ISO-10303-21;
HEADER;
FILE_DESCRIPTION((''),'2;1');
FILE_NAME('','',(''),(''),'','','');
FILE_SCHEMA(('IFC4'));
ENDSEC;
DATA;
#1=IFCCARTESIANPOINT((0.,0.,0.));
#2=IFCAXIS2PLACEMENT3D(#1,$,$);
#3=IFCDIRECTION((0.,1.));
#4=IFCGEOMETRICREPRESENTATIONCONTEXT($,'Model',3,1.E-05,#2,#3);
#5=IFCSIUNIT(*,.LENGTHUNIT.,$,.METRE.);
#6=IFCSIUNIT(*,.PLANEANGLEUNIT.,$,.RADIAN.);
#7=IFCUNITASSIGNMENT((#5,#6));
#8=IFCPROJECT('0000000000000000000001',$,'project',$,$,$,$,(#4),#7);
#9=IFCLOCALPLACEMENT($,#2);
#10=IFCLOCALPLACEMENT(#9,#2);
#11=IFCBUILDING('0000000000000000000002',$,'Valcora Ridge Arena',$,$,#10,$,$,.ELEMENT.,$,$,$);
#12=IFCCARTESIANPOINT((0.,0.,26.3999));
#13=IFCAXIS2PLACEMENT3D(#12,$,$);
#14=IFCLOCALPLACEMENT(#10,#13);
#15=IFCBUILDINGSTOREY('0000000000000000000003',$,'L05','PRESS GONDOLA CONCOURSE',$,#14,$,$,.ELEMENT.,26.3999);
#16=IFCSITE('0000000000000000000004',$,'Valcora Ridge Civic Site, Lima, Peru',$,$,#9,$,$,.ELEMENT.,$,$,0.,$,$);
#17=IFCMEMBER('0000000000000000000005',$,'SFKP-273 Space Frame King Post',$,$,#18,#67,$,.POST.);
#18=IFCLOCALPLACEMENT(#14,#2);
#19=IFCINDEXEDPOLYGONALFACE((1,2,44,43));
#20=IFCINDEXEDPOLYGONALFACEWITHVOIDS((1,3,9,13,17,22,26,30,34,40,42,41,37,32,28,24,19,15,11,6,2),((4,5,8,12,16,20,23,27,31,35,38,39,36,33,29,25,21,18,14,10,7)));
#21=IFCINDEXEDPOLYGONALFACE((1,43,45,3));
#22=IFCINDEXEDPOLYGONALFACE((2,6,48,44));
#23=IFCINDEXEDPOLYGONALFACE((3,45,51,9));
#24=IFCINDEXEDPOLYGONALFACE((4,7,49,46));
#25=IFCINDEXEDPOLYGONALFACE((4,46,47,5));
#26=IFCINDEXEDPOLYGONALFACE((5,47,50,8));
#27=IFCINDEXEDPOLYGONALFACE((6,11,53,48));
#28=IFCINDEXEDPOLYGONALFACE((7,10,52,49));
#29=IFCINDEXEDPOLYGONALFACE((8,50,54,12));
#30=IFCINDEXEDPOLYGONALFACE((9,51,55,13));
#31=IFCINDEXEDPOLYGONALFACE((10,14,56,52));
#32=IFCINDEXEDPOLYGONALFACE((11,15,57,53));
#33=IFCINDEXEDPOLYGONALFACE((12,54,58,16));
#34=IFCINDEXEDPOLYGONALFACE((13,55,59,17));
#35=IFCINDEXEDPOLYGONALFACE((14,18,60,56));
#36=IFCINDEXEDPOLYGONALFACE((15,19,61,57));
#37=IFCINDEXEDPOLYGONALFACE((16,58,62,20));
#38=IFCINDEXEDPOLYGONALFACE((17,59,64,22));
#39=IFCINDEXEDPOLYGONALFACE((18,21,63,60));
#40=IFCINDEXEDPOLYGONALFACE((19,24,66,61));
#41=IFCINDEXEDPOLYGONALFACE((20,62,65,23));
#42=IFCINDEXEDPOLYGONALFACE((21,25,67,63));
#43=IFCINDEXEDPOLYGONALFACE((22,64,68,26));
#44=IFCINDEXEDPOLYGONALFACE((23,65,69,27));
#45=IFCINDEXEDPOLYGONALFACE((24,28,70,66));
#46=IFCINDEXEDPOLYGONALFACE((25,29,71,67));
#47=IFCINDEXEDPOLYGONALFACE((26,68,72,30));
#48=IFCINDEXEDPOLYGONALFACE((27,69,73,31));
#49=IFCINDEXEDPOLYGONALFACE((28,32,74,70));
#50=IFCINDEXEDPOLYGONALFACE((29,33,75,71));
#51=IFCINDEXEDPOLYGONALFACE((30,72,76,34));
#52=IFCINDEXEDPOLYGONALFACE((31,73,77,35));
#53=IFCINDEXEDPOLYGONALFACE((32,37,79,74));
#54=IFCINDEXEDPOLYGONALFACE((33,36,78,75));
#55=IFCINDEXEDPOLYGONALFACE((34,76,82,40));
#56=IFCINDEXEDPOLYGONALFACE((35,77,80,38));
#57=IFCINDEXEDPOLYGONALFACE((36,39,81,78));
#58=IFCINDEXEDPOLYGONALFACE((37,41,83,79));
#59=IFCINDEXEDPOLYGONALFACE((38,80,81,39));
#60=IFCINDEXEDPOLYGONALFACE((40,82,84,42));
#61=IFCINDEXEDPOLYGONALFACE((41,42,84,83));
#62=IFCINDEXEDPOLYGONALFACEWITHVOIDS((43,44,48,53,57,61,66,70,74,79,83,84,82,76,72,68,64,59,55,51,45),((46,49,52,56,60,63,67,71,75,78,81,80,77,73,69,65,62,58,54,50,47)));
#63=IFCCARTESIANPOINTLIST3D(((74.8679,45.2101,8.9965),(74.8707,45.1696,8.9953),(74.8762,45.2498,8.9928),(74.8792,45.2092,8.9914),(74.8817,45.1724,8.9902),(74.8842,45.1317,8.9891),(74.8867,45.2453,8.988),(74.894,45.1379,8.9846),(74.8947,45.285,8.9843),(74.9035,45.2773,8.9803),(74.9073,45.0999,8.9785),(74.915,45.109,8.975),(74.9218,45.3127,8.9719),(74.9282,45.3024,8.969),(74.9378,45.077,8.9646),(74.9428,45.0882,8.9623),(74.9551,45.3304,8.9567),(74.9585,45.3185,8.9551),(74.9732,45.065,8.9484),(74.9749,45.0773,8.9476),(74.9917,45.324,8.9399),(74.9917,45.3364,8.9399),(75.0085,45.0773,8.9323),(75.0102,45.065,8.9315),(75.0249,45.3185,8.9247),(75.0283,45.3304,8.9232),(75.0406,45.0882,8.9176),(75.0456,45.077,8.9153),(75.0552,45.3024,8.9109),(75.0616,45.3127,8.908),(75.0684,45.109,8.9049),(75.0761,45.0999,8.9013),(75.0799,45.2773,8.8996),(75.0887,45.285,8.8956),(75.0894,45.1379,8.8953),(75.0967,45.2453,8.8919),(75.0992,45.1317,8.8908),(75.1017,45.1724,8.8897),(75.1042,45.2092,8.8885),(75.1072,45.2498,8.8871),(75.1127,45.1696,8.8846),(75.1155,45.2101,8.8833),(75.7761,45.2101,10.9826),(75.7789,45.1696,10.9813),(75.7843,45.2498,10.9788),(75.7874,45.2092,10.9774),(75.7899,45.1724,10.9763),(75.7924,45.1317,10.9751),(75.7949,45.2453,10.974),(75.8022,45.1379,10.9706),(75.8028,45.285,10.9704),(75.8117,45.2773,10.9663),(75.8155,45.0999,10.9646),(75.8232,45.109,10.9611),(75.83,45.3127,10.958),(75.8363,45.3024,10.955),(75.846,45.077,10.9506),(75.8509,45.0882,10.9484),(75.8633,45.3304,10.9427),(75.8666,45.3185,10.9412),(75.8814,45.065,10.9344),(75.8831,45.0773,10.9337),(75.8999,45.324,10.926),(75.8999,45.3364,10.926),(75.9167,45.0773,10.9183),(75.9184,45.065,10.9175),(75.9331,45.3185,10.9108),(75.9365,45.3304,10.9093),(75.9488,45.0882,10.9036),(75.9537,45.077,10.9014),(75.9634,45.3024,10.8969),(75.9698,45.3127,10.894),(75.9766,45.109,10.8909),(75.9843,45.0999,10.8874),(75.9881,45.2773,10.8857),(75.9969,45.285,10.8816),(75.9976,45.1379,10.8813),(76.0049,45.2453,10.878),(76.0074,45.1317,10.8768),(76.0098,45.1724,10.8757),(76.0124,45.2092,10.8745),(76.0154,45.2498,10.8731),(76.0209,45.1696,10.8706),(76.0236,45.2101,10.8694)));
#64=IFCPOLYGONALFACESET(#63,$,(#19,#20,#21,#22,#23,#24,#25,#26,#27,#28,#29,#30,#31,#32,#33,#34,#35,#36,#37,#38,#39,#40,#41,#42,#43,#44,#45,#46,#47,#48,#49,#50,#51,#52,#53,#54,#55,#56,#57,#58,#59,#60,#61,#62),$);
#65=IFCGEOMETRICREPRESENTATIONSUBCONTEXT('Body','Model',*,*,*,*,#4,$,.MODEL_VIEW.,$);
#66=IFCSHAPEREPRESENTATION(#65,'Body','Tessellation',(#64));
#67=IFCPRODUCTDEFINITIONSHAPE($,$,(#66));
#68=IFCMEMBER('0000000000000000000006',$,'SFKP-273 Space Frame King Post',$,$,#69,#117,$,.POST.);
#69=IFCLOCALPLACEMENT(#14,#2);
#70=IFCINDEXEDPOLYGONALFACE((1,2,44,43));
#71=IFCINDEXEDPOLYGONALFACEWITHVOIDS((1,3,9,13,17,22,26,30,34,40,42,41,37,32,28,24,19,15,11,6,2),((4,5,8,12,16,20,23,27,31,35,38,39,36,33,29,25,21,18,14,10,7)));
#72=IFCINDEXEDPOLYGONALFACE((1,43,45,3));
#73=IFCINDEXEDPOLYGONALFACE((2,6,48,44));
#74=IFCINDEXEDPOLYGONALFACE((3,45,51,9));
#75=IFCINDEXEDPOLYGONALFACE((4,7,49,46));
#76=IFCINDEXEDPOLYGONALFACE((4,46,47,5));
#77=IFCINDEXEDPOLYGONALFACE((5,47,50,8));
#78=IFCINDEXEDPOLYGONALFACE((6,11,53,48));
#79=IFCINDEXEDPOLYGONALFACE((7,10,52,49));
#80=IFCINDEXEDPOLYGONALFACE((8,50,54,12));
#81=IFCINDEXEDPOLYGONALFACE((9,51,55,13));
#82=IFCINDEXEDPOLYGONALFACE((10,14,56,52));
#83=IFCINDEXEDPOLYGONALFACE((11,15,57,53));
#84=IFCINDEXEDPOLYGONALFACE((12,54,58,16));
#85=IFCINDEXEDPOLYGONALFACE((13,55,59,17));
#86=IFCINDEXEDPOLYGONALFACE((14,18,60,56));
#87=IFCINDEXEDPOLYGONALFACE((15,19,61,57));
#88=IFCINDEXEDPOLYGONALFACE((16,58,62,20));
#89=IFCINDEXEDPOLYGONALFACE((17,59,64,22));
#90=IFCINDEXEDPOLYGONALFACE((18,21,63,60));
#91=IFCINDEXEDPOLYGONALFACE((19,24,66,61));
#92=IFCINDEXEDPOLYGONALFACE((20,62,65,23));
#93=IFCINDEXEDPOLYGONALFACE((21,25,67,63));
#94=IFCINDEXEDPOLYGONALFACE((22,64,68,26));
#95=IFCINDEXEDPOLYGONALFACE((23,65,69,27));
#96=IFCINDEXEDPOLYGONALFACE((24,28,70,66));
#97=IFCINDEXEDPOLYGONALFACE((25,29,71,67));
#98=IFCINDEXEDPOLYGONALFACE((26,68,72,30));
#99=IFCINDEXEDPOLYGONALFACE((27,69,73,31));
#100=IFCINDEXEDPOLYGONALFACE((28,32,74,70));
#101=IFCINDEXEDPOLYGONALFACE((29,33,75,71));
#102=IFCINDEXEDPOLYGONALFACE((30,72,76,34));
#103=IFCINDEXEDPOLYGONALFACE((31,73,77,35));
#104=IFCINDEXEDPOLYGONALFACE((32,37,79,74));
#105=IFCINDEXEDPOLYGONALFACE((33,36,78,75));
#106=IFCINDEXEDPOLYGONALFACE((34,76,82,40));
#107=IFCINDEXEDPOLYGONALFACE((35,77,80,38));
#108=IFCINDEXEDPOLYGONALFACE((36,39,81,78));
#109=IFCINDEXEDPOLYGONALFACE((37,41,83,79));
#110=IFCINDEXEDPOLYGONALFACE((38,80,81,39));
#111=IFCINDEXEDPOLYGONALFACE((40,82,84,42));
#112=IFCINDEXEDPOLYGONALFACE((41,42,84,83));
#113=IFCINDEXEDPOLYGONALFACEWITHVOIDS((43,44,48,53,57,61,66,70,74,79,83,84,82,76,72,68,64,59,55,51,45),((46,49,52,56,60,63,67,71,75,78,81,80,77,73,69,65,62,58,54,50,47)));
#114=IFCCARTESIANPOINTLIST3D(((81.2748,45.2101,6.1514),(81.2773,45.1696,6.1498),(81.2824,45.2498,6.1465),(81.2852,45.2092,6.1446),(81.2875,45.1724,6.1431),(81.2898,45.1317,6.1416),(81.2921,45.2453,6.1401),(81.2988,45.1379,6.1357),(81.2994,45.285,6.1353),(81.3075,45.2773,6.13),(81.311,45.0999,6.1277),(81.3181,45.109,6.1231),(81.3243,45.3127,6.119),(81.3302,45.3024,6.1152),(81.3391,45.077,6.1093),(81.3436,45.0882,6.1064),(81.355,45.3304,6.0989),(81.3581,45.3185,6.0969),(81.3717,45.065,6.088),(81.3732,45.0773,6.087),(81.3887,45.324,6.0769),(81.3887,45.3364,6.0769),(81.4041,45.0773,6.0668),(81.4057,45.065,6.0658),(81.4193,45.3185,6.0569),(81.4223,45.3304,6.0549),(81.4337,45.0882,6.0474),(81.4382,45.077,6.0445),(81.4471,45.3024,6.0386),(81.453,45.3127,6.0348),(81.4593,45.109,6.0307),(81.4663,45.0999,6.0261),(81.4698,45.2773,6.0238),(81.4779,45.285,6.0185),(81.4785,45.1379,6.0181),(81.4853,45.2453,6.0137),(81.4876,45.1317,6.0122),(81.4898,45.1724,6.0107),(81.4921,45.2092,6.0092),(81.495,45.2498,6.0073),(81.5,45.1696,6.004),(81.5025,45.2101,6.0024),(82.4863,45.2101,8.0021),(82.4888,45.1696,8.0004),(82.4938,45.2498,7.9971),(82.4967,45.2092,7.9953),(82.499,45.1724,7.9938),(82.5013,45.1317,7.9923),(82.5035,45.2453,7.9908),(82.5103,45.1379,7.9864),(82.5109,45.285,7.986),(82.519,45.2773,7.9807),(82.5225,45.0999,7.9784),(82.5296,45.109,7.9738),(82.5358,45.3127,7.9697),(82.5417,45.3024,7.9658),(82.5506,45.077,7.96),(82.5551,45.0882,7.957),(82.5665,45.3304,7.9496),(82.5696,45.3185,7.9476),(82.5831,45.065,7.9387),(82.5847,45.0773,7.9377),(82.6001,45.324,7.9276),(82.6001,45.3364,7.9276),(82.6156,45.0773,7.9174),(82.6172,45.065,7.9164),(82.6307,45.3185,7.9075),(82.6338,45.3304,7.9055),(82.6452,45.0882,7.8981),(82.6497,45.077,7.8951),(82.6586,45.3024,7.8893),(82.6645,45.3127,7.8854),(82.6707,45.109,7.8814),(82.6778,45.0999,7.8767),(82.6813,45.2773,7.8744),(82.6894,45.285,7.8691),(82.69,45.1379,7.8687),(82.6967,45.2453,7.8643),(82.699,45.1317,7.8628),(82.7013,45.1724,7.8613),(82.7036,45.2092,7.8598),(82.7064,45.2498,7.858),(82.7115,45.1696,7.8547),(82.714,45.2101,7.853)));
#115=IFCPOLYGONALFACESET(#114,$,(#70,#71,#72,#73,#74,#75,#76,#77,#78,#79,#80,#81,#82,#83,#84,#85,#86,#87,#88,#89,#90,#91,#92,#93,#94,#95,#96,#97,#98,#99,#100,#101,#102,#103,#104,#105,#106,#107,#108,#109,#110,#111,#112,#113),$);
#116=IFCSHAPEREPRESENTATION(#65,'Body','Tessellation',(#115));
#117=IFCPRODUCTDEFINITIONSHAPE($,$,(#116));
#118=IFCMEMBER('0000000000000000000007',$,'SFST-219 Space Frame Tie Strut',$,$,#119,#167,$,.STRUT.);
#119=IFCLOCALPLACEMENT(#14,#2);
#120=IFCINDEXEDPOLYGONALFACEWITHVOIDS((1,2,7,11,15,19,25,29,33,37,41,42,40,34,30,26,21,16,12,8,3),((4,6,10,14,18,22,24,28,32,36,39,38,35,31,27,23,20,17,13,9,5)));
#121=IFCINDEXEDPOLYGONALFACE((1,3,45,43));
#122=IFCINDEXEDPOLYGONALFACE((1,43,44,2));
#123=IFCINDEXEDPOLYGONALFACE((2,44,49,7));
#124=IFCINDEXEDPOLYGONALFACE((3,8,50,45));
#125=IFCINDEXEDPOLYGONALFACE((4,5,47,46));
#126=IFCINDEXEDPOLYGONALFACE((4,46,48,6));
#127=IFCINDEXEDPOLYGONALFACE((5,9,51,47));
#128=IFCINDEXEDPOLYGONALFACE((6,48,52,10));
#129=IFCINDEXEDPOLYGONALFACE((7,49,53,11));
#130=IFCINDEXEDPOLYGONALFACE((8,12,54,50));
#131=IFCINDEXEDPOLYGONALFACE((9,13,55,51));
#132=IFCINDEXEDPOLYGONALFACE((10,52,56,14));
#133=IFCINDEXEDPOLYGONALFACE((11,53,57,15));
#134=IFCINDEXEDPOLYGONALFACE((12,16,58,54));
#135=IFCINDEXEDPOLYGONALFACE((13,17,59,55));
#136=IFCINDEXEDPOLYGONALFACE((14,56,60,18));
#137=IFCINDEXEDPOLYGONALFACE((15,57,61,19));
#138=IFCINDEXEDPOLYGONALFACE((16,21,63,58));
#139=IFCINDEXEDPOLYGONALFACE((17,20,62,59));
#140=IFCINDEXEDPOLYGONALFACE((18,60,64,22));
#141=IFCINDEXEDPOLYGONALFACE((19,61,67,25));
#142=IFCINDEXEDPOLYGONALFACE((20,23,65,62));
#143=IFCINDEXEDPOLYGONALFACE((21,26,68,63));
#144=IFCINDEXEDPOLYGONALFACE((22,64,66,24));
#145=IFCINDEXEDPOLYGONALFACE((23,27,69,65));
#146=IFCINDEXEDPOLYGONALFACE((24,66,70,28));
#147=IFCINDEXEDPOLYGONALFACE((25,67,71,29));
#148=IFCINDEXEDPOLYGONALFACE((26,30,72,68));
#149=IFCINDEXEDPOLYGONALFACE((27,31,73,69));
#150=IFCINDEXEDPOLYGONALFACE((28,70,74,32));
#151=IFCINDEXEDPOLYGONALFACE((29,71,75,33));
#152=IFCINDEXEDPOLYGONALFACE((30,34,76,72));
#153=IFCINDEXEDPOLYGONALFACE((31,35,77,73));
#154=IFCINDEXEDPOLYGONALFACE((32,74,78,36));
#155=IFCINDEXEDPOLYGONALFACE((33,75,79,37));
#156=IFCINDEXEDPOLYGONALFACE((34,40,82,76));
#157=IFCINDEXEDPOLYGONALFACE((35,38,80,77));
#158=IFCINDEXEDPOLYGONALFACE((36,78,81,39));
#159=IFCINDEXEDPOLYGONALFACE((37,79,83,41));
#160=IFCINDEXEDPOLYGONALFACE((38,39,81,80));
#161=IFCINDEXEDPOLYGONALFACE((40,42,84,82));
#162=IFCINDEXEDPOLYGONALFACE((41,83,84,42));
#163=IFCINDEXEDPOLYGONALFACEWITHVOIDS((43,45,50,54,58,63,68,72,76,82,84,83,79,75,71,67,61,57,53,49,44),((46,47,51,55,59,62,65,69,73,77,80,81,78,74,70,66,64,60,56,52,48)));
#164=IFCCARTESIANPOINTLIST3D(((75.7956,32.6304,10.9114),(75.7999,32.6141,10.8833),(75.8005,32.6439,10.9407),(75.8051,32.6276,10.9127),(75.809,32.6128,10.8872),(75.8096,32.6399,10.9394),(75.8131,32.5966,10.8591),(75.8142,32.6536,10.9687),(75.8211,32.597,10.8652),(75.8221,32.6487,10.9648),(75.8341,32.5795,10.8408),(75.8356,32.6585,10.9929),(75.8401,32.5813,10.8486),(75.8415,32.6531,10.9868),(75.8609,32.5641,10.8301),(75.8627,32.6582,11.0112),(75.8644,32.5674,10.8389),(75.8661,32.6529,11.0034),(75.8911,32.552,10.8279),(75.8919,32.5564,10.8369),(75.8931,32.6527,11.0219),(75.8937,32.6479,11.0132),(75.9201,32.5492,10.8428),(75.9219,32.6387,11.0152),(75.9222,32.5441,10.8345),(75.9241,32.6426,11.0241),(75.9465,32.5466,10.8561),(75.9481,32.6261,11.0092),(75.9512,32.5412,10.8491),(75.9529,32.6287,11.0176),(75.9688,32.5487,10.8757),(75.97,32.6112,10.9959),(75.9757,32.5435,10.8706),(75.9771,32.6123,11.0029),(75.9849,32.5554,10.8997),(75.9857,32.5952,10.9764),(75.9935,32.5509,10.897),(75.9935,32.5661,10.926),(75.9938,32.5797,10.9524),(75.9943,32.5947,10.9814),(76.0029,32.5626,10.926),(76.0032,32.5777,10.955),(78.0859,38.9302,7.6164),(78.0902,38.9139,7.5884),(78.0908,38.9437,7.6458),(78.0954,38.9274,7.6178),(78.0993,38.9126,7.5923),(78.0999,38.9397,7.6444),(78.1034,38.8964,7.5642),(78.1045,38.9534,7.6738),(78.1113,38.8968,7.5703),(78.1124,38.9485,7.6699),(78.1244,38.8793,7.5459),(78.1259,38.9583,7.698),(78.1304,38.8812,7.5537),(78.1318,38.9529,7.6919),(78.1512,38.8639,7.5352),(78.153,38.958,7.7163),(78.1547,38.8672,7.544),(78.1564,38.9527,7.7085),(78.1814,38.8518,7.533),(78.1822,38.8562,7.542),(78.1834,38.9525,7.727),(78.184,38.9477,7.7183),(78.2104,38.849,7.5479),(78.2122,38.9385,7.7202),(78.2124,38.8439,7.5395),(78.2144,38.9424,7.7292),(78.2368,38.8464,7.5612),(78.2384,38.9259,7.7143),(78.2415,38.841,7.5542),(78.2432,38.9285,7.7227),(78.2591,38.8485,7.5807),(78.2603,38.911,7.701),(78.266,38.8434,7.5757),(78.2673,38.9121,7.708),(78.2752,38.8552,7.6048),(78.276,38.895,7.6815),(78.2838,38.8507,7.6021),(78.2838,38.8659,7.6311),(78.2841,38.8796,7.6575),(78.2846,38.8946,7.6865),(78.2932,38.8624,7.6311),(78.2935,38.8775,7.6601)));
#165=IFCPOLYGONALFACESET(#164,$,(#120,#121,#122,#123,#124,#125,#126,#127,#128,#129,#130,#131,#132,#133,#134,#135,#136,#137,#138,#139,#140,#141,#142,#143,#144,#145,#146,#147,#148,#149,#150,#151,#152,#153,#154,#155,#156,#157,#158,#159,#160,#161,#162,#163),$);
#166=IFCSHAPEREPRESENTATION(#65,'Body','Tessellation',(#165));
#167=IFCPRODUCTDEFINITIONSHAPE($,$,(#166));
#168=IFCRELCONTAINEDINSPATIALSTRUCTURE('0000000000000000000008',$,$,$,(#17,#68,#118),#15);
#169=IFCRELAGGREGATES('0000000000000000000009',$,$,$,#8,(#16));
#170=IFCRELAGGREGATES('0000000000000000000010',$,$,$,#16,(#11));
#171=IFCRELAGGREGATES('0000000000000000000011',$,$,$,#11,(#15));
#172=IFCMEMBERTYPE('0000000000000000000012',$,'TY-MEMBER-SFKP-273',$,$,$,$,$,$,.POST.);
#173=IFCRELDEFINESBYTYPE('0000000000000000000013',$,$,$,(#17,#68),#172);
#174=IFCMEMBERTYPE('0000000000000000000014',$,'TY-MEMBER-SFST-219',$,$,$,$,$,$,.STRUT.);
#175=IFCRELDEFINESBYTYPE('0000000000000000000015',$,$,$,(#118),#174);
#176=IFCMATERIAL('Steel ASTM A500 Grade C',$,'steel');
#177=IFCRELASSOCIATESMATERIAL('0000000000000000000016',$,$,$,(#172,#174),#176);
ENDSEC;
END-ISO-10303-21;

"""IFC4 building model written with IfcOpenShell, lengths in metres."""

from ifc_helpers import new_model, si_unit, direction, frame, origin, origin_2d, place, context, subcontext, project, spatial, hollow_circle, extrude, material, material_profile, profile_set, type_object, element, save


model = new_model("IFC4")

# Units and contexts
model_context = context("Model", 3, precision=1e-05, world=origin(), true_north=direction((0.0, 1.0)))
body_context = subcontext(model_context, "Body", "Model", "MODEL_VIEW")
ifc_project = project(units=[si_unit("LENGTHUNIT", "METRE"), si_unit("PLANEANGLEUNIT", "RADIAN")], contexts=[model_context])

# Site, building, storey
site_placement = place(None, origin())
site = spatial("IfcSite", under=ifc_project, at=site_placement, Name="Valcora Ridge Civic Site, Lima, Peru", CompositionType="ELEMENT", RefElevation=0.0)
building_placement = place(site_placement, origin())
building = spatial("IfcBuilding", under=site, at=building_placement, Name="Valcora Ridge Arena", CompositionType="ELEMENT")
storey_placement = place(building_placement, frame((0.0, 0.0, 26.3999)))
storey = spatial("IfcBuildingStorey", under=building, at=storey_placement, Name="L05", Description="PRESS GONDOLA CONCOURSE", CompositionType="ELEMENT", Elevation=26.3999)

# Members
ifc_material_1 = material(Name="Steel ASTM A500 Grade C", Category="steel")
ifc_material_profile_1 = material_profile(ifc_material_1, hollow_circle(Radius=0.1365, WallThickness=0.0125, at=origin_2d()), Name="CHS273X12")
ifc_profile_set_1 = profile_set([ifc_material_profile_1], Name="Steel ASTM A500 Grade C")
member_type_1 = type_object("IfcMemberType", Name="TY-MEMBER-SFKP-273", PredefinedType="POST", material=ifc_profile_set_1)
member_1_placement = place(storey_placement, frame((74.9917, 45.2, 8.9399), z_axis=(0.415865, 0.0, 0.909426), x_axis=(0.0, 1.0, 0.0)))
element("IfcMember", 1, at=member_1_placement, inside=storey, type_object=member_type_1, Name="SFKP-273 Space Frame King Post", PredefinedType="POST", context=body_context, shape_type="SweptSolid", body=[
    extrude(hollow_circle(Radius=0.1365, WallThickness=0.0125, at=origin_2d()), origin(), (0.0, 0.0, 1.0), 2.1838),
])
member_2_placement = place(storey_placement, frame((81.3887, 45.2, 6.0769), z_axis=(0.547701, 0.0, 0.836674), x_axis=(0.0, 1.0, 0.0)))
element("IfcMember", 2, at=member_2_placement, inside=storey, type_object=member_type_1, Name="SFKP-273 Space Frame King Post", PredefinedType="POST", context=body_context, shape_type="SweptSolid", body=[
    extrude(hollow_circle(Radius=0.1365, WallThickness=0.0125, at=origin_2d()), origin(), (0.0, 0.0, 1.0), 2.2119),
])
ifc_material_profile_2 = material_profile(ifc_material_1, hollow_circle(Radius=0.1096, WallThickness=0.01, at=origin_2d()), Name="CHS219X10")
ifc_profile_set_2 = profile_set([ifc_material_profile_2], Name="Steel ASTM A500 Grade C")
member_type_2 = type_object("IfcMemberType", Name="TY-MEMBER-SFST-219", PredefinedType="STRUT", material=ifc_profile_set_2)
member_3_placement = place(storey_placement, frame((78.1902, 38.8999, 7.6311), z_axis=(-0.306629, -0.843434, 0.441133), x_axis=(0.93982, -0.34167, 0.0)))
element("IfcMember", 3, at=member_3_placement, inside=storey, type_object=member_type_2, Name="SFST-219 Space Frame Tie Strut", PredefinedType="STRUT", context=body_context, shape_type="SweptSolid", body=[
    extrude(hollow_circle(Radius=0.1096, WallThickness=0.01, at=origin_2d()), origin(), (0.0, 0.0, 1.0), 7.4692),
])

save(model, "model.ifc")
